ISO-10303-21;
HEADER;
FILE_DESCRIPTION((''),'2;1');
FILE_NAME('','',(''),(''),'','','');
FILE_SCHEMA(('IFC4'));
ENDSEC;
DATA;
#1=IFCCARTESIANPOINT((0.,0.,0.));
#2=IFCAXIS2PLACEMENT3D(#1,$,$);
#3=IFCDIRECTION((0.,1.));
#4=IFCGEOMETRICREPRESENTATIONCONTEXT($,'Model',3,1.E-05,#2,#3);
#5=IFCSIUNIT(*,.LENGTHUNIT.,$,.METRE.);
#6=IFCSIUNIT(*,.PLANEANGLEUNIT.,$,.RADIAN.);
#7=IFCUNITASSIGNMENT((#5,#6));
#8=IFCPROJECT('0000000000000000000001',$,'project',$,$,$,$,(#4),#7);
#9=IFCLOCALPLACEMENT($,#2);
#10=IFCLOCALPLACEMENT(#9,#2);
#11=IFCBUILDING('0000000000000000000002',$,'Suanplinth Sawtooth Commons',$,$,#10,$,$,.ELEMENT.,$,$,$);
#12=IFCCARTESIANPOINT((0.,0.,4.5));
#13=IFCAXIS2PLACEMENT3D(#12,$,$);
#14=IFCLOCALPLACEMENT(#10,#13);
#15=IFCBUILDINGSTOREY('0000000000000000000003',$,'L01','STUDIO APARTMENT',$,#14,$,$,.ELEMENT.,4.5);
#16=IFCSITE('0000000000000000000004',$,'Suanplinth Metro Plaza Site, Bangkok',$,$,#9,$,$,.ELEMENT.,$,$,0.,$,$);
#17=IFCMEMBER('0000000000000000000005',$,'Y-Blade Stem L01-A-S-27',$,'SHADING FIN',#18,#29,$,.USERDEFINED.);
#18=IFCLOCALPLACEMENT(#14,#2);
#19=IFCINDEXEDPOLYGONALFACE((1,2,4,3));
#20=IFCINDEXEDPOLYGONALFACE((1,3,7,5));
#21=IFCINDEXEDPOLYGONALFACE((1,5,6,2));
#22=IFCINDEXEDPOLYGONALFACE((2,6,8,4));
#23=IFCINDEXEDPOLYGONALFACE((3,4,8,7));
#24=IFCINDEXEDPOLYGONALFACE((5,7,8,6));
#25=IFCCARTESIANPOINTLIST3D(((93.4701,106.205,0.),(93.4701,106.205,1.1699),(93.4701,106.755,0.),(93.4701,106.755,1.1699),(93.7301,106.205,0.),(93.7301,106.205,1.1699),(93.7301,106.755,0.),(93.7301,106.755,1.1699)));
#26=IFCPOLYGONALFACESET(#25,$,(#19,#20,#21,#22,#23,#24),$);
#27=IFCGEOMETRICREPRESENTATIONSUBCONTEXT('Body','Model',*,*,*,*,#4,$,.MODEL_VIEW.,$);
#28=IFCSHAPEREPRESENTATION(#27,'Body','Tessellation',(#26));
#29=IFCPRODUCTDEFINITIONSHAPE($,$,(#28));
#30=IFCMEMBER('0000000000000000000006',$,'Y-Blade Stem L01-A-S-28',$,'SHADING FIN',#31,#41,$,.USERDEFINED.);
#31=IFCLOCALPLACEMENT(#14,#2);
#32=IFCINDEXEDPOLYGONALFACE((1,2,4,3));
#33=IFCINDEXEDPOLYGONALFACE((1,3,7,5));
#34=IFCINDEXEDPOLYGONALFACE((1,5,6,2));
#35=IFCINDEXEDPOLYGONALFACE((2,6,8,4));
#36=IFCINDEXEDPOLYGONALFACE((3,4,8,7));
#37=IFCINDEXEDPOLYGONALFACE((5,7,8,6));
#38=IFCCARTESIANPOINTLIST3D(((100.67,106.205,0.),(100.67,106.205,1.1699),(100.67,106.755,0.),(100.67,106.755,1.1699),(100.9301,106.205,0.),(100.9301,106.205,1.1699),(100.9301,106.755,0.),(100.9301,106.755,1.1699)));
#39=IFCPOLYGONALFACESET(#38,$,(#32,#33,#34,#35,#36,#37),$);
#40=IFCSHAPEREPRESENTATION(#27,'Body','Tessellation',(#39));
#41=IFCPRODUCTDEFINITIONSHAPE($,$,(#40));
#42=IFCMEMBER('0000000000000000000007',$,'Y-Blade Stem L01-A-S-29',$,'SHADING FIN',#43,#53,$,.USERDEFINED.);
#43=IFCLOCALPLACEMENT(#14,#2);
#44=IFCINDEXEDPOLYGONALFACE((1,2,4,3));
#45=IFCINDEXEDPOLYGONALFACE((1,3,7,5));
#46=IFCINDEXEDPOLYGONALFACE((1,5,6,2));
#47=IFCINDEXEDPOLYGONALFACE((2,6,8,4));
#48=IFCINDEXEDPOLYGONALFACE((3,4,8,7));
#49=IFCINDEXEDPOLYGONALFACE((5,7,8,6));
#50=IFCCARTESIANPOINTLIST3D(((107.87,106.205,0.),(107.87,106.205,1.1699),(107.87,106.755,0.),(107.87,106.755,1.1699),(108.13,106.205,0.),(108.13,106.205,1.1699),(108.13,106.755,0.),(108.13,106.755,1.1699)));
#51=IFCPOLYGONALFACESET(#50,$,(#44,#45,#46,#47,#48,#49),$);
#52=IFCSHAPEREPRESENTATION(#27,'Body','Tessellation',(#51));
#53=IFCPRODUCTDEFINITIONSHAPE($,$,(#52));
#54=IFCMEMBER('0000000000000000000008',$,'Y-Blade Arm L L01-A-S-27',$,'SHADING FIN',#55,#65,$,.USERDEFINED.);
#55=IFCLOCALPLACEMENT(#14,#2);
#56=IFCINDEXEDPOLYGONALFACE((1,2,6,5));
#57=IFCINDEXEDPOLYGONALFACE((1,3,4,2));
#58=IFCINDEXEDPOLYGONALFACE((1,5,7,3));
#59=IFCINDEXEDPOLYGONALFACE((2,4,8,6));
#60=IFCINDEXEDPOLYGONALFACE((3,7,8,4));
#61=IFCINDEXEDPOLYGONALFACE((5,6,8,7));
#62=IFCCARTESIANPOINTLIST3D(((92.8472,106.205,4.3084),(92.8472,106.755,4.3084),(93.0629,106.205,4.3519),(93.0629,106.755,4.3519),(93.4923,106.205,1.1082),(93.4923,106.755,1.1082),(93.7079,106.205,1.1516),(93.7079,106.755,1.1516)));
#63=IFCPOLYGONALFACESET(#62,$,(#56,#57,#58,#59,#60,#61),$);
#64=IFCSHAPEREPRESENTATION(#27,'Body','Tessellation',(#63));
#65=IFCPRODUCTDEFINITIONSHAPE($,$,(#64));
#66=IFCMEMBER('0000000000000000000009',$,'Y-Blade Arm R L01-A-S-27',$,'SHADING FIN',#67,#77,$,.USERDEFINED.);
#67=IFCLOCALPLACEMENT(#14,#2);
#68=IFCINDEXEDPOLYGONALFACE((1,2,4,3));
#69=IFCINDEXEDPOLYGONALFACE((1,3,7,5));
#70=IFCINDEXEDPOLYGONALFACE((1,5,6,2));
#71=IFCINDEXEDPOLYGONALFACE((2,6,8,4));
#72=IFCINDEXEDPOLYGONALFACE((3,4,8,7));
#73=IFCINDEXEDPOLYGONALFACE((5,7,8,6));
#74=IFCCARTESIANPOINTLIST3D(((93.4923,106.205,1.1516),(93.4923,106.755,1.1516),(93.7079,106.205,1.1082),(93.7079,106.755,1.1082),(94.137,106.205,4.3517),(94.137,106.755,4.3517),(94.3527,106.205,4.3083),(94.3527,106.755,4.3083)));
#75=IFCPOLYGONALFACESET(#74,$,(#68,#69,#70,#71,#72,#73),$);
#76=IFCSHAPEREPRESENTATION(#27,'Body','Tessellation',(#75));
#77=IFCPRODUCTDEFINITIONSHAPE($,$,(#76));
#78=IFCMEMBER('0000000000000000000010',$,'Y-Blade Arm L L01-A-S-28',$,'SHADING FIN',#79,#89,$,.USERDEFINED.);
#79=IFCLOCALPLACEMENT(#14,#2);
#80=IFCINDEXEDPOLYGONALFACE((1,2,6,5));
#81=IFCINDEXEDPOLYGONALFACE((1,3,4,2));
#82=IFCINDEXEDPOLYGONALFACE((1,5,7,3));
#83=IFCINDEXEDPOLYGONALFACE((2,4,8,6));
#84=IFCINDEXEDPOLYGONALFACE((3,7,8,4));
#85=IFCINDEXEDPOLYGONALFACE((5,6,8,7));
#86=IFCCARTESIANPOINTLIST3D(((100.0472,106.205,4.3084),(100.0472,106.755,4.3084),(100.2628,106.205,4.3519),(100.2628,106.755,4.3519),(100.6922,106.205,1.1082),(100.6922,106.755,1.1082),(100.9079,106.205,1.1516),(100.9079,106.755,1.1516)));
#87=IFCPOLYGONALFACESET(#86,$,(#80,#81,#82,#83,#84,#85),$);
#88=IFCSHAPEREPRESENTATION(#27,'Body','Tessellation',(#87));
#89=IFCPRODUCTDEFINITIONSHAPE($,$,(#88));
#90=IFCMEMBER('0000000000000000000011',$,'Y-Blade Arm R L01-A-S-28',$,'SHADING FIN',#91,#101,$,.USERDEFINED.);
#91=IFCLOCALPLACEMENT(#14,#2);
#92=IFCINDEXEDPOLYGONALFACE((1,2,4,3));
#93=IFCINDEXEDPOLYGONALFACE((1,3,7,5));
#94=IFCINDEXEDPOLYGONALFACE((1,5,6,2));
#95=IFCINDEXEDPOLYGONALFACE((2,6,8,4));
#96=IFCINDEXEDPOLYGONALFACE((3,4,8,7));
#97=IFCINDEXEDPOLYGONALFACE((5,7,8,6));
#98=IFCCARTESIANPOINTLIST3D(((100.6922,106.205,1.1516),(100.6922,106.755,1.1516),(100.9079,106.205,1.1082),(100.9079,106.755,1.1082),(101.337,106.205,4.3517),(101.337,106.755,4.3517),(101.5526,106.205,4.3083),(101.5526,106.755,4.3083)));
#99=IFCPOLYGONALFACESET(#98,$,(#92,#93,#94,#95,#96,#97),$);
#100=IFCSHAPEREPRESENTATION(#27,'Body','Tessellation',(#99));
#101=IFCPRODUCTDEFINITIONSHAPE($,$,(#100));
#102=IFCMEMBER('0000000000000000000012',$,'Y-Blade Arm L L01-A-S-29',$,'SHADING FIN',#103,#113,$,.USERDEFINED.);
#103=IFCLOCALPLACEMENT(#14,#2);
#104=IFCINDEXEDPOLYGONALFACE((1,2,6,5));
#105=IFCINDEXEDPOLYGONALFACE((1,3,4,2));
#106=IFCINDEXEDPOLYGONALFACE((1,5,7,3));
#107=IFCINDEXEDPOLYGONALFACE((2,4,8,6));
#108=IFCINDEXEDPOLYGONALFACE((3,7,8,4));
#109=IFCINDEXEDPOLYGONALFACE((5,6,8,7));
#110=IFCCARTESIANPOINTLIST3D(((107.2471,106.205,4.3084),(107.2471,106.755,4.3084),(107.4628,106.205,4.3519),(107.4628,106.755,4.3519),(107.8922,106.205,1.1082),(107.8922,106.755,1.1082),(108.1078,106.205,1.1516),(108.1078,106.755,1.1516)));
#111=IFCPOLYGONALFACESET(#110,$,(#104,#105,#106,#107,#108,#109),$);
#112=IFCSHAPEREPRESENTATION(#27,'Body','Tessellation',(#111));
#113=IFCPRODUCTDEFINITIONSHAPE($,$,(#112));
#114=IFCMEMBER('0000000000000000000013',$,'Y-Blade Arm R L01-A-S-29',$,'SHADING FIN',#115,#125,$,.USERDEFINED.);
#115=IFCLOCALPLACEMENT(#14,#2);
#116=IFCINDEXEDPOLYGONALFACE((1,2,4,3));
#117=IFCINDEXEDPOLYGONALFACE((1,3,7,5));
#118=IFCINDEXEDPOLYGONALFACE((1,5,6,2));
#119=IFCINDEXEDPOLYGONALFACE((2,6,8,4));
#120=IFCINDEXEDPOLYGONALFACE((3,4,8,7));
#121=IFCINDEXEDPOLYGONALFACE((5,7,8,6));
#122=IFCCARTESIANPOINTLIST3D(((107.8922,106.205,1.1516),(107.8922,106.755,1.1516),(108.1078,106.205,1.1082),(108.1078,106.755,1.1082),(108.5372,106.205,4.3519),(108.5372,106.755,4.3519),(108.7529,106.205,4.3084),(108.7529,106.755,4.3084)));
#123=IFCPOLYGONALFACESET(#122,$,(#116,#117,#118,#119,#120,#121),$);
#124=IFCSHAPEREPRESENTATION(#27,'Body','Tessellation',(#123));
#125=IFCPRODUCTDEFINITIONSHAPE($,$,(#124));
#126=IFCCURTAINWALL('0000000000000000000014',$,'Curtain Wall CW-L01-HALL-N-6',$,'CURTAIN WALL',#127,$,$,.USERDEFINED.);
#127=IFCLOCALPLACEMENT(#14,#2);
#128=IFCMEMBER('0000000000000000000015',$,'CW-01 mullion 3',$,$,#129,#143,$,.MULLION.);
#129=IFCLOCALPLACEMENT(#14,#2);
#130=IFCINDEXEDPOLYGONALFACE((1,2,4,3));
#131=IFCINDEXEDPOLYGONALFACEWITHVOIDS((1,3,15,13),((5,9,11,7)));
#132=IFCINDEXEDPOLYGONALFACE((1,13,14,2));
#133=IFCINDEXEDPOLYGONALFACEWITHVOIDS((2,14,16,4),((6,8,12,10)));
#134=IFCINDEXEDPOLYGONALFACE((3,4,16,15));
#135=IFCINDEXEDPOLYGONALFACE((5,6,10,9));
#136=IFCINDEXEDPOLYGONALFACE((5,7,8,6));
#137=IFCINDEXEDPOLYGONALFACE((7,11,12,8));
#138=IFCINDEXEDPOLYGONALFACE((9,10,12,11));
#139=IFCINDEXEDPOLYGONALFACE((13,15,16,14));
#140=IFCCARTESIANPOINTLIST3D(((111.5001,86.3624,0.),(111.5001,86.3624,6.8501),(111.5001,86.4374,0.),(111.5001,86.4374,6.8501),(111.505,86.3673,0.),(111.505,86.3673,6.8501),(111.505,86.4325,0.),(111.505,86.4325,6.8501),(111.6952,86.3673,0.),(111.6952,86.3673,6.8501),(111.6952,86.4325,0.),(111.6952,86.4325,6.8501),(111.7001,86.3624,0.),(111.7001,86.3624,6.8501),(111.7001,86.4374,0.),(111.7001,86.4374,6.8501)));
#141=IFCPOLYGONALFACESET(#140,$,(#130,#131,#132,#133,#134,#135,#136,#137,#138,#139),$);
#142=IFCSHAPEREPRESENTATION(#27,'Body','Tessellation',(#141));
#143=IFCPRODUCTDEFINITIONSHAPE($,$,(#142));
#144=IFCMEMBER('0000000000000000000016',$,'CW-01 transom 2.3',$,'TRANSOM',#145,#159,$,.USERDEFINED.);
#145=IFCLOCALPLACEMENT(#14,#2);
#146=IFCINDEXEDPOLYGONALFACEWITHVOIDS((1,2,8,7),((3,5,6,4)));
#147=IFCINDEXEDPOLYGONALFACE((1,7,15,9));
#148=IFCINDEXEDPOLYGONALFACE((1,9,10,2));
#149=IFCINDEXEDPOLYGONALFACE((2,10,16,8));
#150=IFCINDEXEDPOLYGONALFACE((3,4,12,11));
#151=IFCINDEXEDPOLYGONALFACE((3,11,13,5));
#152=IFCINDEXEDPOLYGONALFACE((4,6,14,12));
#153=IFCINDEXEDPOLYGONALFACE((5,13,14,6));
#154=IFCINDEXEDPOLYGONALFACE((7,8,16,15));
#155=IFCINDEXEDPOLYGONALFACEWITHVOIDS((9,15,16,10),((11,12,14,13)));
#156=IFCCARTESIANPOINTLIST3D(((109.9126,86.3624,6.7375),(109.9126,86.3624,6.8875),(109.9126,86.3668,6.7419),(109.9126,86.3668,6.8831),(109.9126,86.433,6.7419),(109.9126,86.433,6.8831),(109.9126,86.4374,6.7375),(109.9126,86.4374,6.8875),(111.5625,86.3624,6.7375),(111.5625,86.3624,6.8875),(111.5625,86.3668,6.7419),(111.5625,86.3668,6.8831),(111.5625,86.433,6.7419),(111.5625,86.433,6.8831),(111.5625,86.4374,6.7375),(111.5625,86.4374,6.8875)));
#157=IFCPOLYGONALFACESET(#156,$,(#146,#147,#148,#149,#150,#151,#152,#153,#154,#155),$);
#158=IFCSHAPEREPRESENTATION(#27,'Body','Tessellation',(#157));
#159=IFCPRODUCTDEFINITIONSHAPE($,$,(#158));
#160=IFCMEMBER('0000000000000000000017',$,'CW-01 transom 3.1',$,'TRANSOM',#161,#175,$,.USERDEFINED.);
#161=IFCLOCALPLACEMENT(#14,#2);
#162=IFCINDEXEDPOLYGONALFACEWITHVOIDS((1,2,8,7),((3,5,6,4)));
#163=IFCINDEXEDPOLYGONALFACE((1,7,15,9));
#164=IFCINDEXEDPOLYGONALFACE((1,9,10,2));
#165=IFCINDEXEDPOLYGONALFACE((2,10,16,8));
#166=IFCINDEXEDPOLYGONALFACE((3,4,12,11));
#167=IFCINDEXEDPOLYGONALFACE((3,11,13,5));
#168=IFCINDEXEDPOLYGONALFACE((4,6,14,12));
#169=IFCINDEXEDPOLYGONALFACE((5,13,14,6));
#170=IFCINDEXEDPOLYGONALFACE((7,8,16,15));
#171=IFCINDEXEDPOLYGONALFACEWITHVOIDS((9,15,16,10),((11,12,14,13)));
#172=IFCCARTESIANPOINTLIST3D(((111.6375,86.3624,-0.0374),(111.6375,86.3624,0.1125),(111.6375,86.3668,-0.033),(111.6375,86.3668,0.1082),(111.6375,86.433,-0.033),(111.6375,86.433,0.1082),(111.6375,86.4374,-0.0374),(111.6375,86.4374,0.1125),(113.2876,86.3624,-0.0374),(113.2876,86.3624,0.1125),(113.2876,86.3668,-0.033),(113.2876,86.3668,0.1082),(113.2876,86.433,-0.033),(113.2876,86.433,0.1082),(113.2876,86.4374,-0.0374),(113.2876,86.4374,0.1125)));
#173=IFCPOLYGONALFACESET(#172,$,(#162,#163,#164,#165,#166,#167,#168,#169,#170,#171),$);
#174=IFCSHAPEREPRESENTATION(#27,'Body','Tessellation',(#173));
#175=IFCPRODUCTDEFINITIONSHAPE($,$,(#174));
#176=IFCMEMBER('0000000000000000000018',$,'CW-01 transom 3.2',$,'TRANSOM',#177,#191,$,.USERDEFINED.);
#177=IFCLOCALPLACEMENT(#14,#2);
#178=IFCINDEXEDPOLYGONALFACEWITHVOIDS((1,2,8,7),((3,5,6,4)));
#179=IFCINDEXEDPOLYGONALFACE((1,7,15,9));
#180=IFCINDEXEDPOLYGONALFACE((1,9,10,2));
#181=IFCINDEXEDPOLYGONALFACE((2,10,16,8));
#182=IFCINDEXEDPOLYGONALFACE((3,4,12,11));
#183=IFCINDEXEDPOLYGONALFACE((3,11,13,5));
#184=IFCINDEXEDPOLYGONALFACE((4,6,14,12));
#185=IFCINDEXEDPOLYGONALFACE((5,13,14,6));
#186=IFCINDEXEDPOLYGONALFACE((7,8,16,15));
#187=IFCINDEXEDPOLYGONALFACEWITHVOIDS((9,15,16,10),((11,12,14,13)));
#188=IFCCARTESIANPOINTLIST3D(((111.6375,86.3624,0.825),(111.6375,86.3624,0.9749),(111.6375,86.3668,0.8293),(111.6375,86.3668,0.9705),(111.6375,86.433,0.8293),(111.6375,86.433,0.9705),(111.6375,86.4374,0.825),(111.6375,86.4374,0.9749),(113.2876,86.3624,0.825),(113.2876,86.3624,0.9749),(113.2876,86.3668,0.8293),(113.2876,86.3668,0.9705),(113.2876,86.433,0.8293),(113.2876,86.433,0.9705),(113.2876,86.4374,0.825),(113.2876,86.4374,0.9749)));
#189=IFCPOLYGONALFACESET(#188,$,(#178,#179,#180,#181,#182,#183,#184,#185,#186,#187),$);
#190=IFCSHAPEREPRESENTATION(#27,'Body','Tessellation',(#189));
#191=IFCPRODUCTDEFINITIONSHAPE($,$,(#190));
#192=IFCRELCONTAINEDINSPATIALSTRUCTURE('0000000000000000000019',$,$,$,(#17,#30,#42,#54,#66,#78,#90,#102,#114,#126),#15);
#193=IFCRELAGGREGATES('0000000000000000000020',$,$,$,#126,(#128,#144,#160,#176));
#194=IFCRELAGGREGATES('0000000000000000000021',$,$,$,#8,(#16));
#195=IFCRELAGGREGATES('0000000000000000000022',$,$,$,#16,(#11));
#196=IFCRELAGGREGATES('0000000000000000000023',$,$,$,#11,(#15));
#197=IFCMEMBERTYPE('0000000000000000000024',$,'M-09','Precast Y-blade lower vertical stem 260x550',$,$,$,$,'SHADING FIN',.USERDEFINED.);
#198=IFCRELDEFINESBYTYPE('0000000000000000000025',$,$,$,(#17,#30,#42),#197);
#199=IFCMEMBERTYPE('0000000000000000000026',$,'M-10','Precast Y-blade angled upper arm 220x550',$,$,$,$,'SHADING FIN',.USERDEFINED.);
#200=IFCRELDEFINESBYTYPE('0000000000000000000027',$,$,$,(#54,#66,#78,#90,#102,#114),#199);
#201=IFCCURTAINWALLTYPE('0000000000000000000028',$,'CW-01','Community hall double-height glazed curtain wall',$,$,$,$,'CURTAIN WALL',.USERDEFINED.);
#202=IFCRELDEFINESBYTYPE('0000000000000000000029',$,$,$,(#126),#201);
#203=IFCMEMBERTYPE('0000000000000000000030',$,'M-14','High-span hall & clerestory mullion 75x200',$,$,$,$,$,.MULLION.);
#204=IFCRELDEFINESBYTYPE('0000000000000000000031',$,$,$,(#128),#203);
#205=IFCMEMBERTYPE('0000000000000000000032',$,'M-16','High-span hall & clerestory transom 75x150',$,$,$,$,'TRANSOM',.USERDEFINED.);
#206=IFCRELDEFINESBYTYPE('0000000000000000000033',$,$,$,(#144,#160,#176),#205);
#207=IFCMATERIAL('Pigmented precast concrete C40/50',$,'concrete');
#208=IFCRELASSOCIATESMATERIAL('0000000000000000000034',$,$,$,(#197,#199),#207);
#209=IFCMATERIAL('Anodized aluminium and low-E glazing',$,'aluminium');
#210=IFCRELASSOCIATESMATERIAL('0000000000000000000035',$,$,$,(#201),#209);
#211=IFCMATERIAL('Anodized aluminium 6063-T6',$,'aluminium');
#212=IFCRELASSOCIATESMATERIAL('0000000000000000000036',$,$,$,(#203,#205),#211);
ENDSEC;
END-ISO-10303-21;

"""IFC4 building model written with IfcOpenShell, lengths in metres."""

from ifc_helpers import new_model, si_unit, direction, frame, origin, origin_2d, place, context, subcontext, project, spatial, rectangle, hollow_rectangle, extrude, material, material_profile, profile_set, type_object, element, aggregate, save


model = new_model("IFC4")

# Units and contexts
model_context = context("Model", 3, precision=1e-05, world=origin(), true_north=direction((0.0, 1.0)))
body_context = subcontext(model_context, "Body", "Model", "MODEL_VIEW")
ifc_project = project(units=[si_unit("LENGTHUNIT", "METRE"), si_unit("PLANEANGLEUNIT", "RADIAN")], contexts=[model_context])

# Site, building, storey
site_placement = place(None, origin())
site = spatial("IfcSite", under=ifc_project, at=site_placement, Name="Suanplinth Metro Plaza Site, Bangkok", CompositionType="ELEMENT", RefElevation=0.0)
building_placement = place(site_placement, origin())
building = spatial("IfcBuilding", under=site, at=building_placement, Name="Suanplinth Sawtooth Commons", CompositionType="ELEMENT")
storey_placement = place(building_placement, frame((0.0, 0.0, 4.5)))
storey = spatial("IfcBuildingStorey", under=building, at=storey_placement, Name="L01", Description="STUDIO APARTMENT", CompositionType="ELEMENT", Elevation=4.5)

# Members
ifc_material_1 = material(Name="Pigmented precast concrete C40/50", Category="concrete")
ifc_material_profile_1 = material_profile(ifc_material_1, rectangle(XDim=0.26, YDim=0.55, at=origin_2d()), Name="PC-FIN 260x550")
ifc_profile_set_1 = profile_set([ifc_material_profile_1], Name="Pigmented precast concrete C40/50")
member_type_1 = type_object("IfcMemberType", Name="M-09", Description="Precast Y-blade lower vertical stem 260x550", ElementType="SHADING FIN", PredefinedType="USERDEFINED", material=ifc_profile_set_1)
for number, where, z_axis, x_axis, name in (
    (1, (93.6001, 106.48, 0.0), (0.0, 0.0, 1.0), (1.0, 0.0, 0.0), "Y-Blade Stem L01-A-S-27"),
    (2, (100.8, 106.48, 0.0), (0.0, 0.0, 1.0), (1.0, 0.0, 0.0), "Y-Blade Stem L01-A-S-28"),
    (3, (108.0, 106.48, 0.0), (0.0, 0.0, 1.0), (1.0, 0.0, 0.0), "Y-Blade Stem L01-A-S-29"),
):
    element("IfcMember", number, at=place(storey_placement, frame(where, z_axis=z_axis, x_axis=x_axis)), inside=storey, type_object=member_type_1, Name=name, ObjectType="SHADING FIN", PredefinedType="USERDEFINED", context=body_context, shape_type="SweptSolid", body=[
        extrude(rectangle(XDim=0.26, YDim=0.55, at=origin_2d()), origin(), (0.0, 0.0, 1.0), 1.1699),
    ])
ifc_material_profile_2 = material_profile(ifc_material_1, rectangle(XDim=0.22, YDim=0.55, at=origin_2d()), Name="PC-FIN 220x550")
ifc_profile_set_2 = profile_set([ifc_material_profile_2], Name="Pigmented precast concrete C40/50")
member_type_2 = type_object("IfcMemberType", Name="M-10", Description="Precast Y-blade angled upper arm 220x550", ElementType="SHADING FIN", PredefinedType="USERDEFINED", material=ifc_profile_set_2)
member_1_placement = place(storey_placement, frame((93.6001, 106.48, 1.1299), z_axis=(-0.197583, 0.0, 0.980286), x_axis=(0.980286, 0.0, 0.197583)))
element("IfcMember", 4, at=member_1_placement, inside=storey, type_object=member_type_2, Name="Y-Blade Arm L L01-A-S-27", ObjectType="SHADING FIN", PredefinedType="USERDEFINED", context=body_context, shape_type="SweptSolid", body=[
    extrude(rectangle(XDim=0.22, YDim=0.55, at=origin_2d()), origin(), (0.0, 0.0, 1.0), 3.2646),
])
member_2_placement = place(storey_placement, frame((93.6001, 106.48, 1.1299), z_axis=(0.197511, 0.0, 0.980301), x_axis=(-0.980301, 0.0, 0.197511)))
element("IfcMember", 5, at=member_2_placement, inside=storey, type_object=member_type_2, Name="Y-Blade Arm R L01-A-S-27", ObjectType="SHADING FIN", PredefinedType="USERDEFINED", context=body_context, shape_type="SweptSolid", body=[
    extrude(rectangle(XDim=0.22, YDim=0.55, at=origin_2d()), origin(), (0.0, 0.0, 1.0), 3.2644),
])
member_3_placement = place(storey_placement, frame((100.8, 106.48, 1.1299), z_axis=(-0.197583, 0.0, 0.980286), x_axis=(0.980286, 0.0, 0.197583)))
element("IfcMember", 6, at=member_3_placement, inside=storey, type_object=member_type_2, Name="Y-Blade Arm L L01-A-S-28", ObjectType="SHADING FIN", PredefinedType="USERDEFINED", context=body_context, shape_type="SweptSolid", body=[
    extrude(rectangle(XDim=0.22, YDim=0.55, at=origin_2d()), origin(), (0.0, 0.0, 1.0), 3.2646),
])
member_4_placement = place(storey_placement, frame((100.8, 106.48, 1.1299), z_axis=(0.197511, 0.0, 0.980301), x_axis=(-0.980301, 0.0, 0.197511)))
element("IfcMember", 7, at=member_4_placement, inside=storey, type_object=member_type_2, Name="Y-Blade Arm R L01-A-S-28", ObjectType="SHADING FIN", PredefinedType="USERDEFINED", context=body_context, shape_type="SweptSolid", body=[
    extrude(rectangle(XDim=0.22, YDim=0.55, at=origin_2d()), origin(), (0.0, 0.0, 1.0), 3.2644),
])
for number, where, z_axis, x_axis, name in (
    (8, (108.0, 106.48, 1.1299), (-0.197583, 0.0, 0.980286), (0.980286, 0.0, 0.197583), "Y-Blade Arm L L01-A-S-29"),
    (9, (108.0, 106.48, 1.1299), (0.197583, 0.0, 0.980286), (-0.980286, 0.0, 0.197583), "Y-Blade Arm R L01-A-S-29"),
):
    element("IfcMember", number, at=place(storey_placement, frame(where, z_axis=z_axis, x_axis=x_axis)), inside=storey, type_object=member_type_2, Name=name, ObjectType="SHADING FIN", PredefinedType="USERDEFINED", context=body_context, shape_type="SweptSolid", body=[
        extrude(rectangle(XDim=0.22, YDim=0.55, at=origin_2d()), origin(), (0.0, 0.0, 1.0), 3.2646),
    ])

# Curtain wall, members
ifc_material_2 = material(Name="Anodized aluminium and low-E glazing", Category="aluminium")
curtain_wall_type = type_object("IfcCurtainWallType", Name="CW-01", Description="Community hall double-height glazed curtain wall", ElementType="CURTAIN WALL", PredefinedType="USERDEFINED", material=ifc_material_2)
curtain_wall_placement = place(storey_placement, origin())
curtain_wall = element("IfcCurtainWall", 10, at=curtain_wall_placement, inside=storey, type_object=curtain_wall_type, Name="Curtain Wall CW-L01-HALL-N-6", ObjectType="CURTAIN WALL", PredefinedType="USERDEFINED")
ifc_material_3 = material(Name="Anodized aluminium 6063-T6", Category="aluminium")
ifc_material_profile_3 = material_profile(ifc_material_3, hollow_rectangle(XDim=0.075, YDim=0.2, WallThickness=0.0049, at=origin_2d()), Name="ALU-MUL 75x200")
ifc_profile_set_3 = profile_set([ifc_material_profile_3], Name="Anodized aluminium 6063-T6")
member_type_3 = type_object("IfcMemberType", Name="M-14", Description="High-span hall & clerestory mullion 75x200", PredefinedType="MULLION", material=ifc_profile_set_3)
member_5_placement = place(storey_placement, frame((111.6001, 86.3999, 0.0), z_axis=(0.0, 0.0, 1.0), x_axis=(0.0, 1.0, 0.0)))
member_5 = element("IfcMember", 11, at=member_5_placement, type_object=member_type_3, Name="CW-01 mullion 3", PredefinedType="MULLION", context=body_context, shape_type="SweptSolid", body=[
    extrude(hollow_rectangle(XDim=0.075, YDim=0.2, WallThickness=0.0049, at=origin_2d()), origin(), (0.0, 0.0, 1.0), 6.8501),
])
ifc_material_profile_4 = material_profile(ifc_material_3, hollow_rectangle(XDim=0.075, YDim=0.1499, WallThickness=0.0044, at=origin_2d()), Name="ALU-TRN 75x150")
ifc_profile_set_4 = profile_set([ifc_material_profile_4], Name="Anodized aluminium 6063-T6")
member_type_4 = type_object("IfcMemberType", Name="M-16", Description="High-span hall & clerestory transom 75x150", ElementType="TRANSOM", PredefinedType="USERDEFINED", material=ifc_profile_set_4)
member_6_placement = place(storey_placement, frame((109.9126, 86.3999, 6.8125), z_axis=(1.0, 0.0, 0.0), x_axis=(0.0, 1.0, 0.0)))
member_6 = element("IfcMember", 12, at=member_6_placement, type_object=member_type_4, Name="CW-01 transom 2.3", ObjectType="TRANSOM", PredefinedType="USERDEFINED", context=body_context, shape_type="SweptSolid", body=[
    extrude(hollow_rectangle(XDim=0.075, YDim=0.1499, WallThickness=0.0044, at=origin_2d()), origin(), (0.0, 0.0, 1.0), 1.6499),
])
member_7_placement = place(storey_placement, frame((111.6375, 86.3999, 0.0376), z_axis=(1.0, 0.0, 0.0), x_axis=(0.0, 1.0, 0.0)))
member_7 = element("IfcMember", 13, at=member_7_placement, type_object=member_type_4, Name="CW-01 transom 3.1", ObjectType="TRANSOM", PredefinedType="USERDEFINED", context=body_context, shape_type="SweptSolid", body=[
    extrude(hollow_rectangle(XDim=0.075, YDim=0.1499, WallThickness=0.0044, at=origin_2d()), origin(), (0.0, 0.0, 1.0), 1.6501),
])
member_8_placement = place(storey_placement, frame((111.6375, 86.3999, 0.8999), z_axis=(1.0, 0.0, 0.0), x_axis=(0.0, 1.0, 0.0)))
member_8 = element("IfcMember", 14, at=member_8_placement, type_object=member_type_4, Name="CW-01 transom 3.2", ObjectType="TRANSOM", PredefinedType="USERDEFINED", context=body_context, shape_type="SweptSolid", body=[
    extrude(hollow_rectangle(XDim=0.075, YDim=0.1499, WallThickness=0.0044, at=origin_2d()), origin(), (0.0, 0.0, 1.0), 1.6501),
])

aggregate(curtain_wall, [member_5, member_6, member_7, member_8])

save(model, "model.ifc")
